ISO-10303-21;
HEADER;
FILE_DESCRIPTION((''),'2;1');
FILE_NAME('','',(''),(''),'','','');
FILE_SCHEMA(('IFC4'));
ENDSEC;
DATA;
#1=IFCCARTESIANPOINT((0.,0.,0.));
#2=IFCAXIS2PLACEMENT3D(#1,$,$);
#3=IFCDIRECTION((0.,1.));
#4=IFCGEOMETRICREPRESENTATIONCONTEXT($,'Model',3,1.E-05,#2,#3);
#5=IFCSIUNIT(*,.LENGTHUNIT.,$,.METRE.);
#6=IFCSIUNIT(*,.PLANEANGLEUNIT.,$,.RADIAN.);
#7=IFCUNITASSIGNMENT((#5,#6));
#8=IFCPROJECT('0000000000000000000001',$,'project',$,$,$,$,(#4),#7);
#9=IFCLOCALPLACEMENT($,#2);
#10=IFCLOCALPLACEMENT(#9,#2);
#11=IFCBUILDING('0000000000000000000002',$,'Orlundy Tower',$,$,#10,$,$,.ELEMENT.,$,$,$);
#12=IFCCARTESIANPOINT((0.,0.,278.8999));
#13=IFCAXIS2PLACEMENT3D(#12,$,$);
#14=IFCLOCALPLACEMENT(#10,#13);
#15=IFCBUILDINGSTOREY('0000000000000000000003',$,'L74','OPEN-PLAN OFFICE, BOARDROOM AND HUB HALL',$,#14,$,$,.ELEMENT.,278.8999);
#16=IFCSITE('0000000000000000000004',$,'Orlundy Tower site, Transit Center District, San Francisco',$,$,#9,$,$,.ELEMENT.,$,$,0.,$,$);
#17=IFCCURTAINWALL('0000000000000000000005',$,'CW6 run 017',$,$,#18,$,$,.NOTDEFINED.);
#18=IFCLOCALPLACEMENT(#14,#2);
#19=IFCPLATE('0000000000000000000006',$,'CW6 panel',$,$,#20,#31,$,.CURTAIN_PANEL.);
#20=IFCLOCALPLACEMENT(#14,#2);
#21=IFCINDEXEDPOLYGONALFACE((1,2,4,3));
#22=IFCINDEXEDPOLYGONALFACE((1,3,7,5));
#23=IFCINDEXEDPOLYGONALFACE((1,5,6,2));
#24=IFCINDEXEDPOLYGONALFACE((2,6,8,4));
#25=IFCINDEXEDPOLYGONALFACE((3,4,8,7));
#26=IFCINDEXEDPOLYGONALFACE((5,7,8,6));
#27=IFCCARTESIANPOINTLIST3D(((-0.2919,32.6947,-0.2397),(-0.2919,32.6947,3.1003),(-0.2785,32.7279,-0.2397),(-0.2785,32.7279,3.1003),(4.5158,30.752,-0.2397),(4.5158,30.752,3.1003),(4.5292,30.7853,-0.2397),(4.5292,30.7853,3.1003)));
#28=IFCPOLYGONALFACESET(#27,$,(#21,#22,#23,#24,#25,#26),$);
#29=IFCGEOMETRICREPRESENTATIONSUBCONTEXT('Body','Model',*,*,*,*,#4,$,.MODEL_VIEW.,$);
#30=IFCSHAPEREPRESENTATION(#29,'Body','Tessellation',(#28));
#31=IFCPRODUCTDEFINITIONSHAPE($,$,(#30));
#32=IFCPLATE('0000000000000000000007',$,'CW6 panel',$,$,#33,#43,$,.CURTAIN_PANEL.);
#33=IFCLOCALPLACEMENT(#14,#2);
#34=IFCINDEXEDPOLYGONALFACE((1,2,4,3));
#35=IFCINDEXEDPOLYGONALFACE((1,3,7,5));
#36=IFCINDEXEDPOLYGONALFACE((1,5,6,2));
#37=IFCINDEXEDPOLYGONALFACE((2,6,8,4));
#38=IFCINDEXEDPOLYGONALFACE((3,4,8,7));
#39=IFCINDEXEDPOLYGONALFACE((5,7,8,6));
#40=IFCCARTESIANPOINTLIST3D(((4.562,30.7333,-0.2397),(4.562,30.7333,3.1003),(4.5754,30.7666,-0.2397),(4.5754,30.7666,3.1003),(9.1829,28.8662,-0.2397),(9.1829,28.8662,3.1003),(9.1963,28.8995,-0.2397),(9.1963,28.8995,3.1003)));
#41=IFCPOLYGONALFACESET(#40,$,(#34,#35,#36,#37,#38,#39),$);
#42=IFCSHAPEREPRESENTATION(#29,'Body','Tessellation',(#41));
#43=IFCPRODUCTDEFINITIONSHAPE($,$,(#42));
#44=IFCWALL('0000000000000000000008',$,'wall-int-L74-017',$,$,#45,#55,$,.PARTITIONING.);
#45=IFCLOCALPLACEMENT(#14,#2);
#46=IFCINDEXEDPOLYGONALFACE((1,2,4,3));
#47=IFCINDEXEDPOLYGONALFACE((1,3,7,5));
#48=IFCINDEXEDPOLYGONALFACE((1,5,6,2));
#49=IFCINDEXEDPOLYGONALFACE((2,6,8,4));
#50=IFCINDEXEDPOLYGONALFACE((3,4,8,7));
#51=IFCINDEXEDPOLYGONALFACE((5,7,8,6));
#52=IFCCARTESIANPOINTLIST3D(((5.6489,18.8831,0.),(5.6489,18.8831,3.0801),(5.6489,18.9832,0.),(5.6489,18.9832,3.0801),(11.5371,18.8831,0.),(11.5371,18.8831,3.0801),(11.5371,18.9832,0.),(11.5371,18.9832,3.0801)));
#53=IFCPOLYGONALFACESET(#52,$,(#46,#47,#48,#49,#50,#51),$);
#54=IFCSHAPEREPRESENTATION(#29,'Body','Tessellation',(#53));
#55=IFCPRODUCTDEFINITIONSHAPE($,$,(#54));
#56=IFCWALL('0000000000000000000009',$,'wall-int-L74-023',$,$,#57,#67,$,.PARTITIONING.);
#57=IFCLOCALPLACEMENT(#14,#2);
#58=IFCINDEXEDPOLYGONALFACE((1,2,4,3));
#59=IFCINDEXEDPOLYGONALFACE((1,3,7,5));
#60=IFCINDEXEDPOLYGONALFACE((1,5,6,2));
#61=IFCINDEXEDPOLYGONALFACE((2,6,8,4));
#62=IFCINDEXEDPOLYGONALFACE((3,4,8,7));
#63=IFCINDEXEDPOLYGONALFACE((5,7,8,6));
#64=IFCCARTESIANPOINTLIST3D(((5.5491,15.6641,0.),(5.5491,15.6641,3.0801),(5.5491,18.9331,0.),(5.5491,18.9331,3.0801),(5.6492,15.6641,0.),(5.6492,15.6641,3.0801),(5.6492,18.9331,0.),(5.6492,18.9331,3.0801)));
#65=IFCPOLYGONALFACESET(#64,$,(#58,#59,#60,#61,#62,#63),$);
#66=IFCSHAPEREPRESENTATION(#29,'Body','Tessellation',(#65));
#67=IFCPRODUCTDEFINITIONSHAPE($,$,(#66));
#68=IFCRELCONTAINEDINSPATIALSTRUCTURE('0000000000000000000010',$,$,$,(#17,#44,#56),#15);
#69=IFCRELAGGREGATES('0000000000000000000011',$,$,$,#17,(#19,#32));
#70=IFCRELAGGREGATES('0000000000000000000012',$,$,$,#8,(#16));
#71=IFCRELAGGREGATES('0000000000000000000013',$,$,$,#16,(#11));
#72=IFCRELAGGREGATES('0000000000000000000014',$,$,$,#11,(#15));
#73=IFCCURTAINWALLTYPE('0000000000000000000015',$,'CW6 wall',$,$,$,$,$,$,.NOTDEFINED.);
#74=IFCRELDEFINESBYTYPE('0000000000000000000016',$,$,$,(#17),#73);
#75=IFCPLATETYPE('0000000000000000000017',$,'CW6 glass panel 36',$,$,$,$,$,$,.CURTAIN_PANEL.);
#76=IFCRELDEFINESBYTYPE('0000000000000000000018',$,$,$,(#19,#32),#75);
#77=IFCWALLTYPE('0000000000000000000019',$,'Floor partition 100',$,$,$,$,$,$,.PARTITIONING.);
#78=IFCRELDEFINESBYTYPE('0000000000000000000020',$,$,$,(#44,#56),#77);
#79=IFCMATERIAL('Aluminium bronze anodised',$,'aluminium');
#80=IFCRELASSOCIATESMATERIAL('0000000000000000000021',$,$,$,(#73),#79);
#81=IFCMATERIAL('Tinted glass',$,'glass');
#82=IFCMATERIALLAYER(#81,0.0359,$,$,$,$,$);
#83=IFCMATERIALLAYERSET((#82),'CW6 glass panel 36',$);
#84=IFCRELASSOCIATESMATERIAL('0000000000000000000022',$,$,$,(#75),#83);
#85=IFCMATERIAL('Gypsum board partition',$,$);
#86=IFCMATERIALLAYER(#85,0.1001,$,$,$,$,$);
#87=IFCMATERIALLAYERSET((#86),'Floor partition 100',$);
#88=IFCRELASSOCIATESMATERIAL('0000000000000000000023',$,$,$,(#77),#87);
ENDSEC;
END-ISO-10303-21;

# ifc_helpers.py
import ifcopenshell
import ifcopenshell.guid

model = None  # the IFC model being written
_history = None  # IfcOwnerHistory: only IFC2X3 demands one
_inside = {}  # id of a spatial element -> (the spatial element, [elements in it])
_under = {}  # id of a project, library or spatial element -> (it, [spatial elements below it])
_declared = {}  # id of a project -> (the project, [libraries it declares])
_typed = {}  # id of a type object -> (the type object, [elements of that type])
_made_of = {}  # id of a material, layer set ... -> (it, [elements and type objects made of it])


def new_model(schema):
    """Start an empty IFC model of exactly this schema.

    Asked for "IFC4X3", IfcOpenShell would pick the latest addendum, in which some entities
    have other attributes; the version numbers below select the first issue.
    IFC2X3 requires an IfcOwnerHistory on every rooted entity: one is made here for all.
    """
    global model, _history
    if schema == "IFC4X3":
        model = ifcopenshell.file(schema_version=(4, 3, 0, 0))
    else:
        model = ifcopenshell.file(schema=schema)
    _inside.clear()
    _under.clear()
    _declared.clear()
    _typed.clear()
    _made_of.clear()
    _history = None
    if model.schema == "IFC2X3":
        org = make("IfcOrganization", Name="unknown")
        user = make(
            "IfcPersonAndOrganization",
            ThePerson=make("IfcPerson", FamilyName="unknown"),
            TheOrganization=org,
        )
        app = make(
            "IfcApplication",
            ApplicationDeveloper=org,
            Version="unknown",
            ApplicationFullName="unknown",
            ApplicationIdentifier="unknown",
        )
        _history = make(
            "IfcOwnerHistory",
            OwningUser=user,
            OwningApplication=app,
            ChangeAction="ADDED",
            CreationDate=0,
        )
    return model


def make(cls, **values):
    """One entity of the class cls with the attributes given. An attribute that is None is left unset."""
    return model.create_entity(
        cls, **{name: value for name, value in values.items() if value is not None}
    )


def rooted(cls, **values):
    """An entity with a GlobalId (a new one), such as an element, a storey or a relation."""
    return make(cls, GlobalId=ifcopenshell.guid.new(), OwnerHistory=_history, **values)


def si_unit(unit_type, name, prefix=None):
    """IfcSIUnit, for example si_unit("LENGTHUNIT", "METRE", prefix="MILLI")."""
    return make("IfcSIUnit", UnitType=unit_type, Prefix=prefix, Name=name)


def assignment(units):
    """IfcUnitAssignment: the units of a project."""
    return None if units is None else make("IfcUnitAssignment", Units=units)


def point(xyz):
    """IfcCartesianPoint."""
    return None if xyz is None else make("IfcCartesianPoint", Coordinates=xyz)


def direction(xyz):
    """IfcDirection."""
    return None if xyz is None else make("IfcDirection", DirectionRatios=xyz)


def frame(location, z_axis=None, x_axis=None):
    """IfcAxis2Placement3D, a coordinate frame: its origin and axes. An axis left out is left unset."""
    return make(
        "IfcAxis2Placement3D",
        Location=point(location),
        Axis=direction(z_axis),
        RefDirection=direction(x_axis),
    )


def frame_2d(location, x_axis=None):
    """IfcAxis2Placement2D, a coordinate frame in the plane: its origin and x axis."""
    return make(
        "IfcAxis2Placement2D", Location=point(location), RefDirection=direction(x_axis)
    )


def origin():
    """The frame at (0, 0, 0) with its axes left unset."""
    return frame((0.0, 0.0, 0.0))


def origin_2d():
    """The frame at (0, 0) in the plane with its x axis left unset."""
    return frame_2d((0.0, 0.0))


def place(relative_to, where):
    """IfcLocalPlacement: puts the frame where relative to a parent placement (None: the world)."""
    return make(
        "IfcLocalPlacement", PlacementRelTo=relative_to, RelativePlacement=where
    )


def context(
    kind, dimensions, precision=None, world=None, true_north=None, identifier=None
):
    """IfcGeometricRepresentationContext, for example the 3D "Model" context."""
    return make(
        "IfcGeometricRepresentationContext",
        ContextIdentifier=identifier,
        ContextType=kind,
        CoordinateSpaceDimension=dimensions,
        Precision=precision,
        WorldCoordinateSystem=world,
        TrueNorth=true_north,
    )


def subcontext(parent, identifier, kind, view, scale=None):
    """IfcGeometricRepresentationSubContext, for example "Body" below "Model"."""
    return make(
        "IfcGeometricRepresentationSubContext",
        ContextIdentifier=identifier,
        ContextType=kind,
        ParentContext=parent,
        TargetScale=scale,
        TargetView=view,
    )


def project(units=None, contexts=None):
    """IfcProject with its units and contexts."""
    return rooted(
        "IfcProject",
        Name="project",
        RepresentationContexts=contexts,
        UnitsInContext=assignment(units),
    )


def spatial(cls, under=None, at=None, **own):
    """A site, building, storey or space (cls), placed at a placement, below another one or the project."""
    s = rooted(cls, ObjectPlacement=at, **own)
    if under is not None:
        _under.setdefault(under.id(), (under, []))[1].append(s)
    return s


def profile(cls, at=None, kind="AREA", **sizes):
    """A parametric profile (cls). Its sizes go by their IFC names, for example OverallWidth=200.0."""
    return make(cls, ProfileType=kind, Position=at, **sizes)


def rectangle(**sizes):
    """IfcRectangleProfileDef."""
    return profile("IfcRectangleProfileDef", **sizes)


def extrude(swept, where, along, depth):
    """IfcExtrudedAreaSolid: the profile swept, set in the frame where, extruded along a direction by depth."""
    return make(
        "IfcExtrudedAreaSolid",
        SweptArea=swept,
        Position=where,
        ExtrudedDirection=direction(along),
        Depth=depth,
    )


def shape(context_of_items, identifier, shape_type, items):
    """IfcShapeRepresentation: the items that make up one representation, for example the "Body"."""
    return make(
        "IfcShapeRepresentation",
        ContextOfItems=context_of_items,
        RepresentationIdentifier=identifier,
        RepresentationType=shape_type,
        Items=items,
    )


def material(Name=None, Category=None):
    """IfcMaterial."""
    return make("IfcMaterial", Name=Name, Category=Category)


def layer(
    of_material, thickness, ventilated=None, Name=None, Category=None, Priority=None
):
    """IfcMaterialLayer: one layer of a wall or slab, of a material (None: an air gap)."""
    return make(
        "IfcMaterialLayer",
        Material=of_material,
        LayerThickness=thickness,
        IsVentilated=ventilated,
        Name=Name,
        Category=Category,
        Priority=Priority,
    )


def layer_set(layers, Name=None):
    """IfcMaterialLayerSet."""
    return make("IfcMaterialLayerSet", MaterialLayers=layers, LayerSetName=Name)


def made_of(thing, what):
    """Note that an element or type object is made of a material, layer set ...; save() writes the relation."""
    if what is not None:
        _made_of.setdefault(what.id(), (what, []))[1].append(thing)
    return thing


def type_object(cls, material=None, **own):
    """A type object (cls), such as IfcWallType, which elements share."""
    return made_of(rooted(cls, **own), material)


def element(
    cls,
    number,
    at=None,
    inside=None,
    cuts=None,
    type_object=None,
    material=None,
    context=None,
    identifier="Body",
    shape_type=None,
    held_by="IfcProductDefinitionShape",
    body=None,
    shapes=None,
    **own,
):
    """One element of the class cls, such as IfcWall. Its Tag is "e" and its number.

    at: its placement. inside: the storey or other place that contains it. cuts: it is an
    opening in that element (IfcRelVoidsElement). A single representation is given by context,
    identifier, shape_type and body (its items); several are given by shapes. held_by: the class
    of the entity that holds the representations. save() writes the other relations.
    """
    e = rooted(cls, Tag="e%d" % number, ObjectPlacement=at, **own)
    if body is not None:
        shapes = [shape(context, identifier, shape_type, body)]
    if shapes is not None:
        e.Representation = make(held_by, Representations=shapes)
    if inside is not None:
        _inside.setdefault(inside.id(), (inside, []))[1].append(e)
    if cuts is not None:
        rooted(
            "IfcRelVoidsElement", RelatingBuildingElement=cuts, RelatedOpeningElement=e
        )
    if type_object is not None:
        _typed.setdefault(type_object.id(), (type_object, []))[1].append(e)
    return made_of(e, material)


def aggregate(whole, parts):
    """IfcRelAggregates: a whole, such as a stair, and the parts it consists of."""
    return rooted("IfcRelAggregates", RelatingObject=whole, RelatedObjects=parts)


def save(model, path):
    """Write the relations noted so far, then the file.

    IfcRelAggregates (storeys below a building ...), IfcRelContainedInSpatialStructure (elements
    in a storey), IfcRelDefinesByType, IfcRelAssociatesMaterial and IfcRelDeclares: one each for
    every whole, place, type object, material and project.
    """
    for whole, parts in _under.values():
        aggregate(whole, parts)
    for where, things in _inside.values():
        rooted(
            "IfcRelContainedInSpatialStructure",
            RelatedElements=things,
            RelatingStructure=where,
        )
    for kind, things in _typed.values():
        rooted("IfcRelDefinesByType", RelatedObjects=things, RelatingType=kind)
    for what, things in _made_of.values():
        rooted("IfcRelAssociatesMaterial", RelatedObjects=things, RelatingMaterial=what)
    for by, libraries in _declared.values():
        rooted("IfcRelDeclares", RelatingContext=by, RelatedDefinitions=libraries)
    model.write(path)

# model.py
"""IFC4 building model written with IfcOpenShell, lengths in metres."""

from ifc_helpers import new_model, si_unit, direction, frame, frame_2d, origin, origin_2d, place, context, subcontext, project, spatial, rectangle, extrude, material, layer, layer_set, type_object, element, aggregate, save


model = new_model("IFC4")

# Units and contexts
model_context = context("Model", 3, precision=1e-05, world=origin(), true_north=direction((0.0, 1.0)))
body_context = subcontext(model_context, "Body", "Model", "MODEL_VIEW")
ifc_project = project(units=[si_unit("LENGTHUNIT", "METRE"), si_unit("PLANEANGLEUNIT", "RADIAN")], contexts=[model_context])

# Site, building, storey
site_placement = place(None, origin())
site = spatial("IfcSite", under=ifc_project, at=site_placement, Name="Orlundy Tower site, Transit Center District, San Francisco", CompositionType="ELEMENT", RefElevation=0.0)
building_placement = place(site_placement, origin())
building = spatial("IfcBuilding", under=site, at=building_placement, Name="Orlundy Tower", CompositionType="ELEMENT")
storey_placement = place(building_placement, frame((0.0, 0.0, 278.8999)))
storey = spatial("IfcBuildingStorey", under=building, at=storey_placement, Name="L74", Description="OPEN-PLAN OFFICE, BOARDROOM AND HUB HALL", CompositionType="ELEMENT", Elevation=278.8999)

# Curtain wall
ifc_material_1 = material(Name="Aluminium bronze anodised", Category="aluminium")
curtain_wall_type = type_object("IfcCurtainWallType", Name="CW6 wall", PredefinedType="NOTDEFINED", material=ifc_material_1)
curtain_wall_1_placement = place(storey_placement, origin())
curtain_wall_1 = element("IfcCurtainWall", 1, at=curtain_wall_1_placement, inside=storey, type_object=curtain_wall_type, Name="CW6 run 017", PredefinedType="NOTDEFINED")

# Plates
ifc_material_2 = material(Name="Tinted glass", Category="glass")
ifc_layer_1 = layer(ifc_material_2, 0.0359)
ifc_layer_set_1 = layer_set([ifc_layer_1], Name="CW6 glass panel 36")
plate_type = type_object("IfcPlateType", Name="CW6 glass panel 36", PredefinedType="CURTAIN_PANEL", material=ifc_layer_set_1)
plate_1_placement = place(storey_placement, frame((2.1187, 31.74, -0.2397), z_axis=(0.0, 0.0, 1.0), x_axis=(0.927171, -0.374639, 0.0)))
plate_1 = element("IfcPlate", 2, at=plate_1_placement, type_object=plate_type, Name="CW6 panel", PredefinedType="CURTAIN_PANEL", context=body_context, shape_type="SweptSolid", body=[
    extrude(rectangle(XDim=5.1853, YDim=0.0359, at=origin_2d()), origin(), (0.0, 0.0, 1.0), 3.3401),
])
plate_2_placement = place(storey_placement, frame((6.8792, 29.8164, -0.2397), z_axis=(0.0, 0.0, 1.0), x_axis=(0.927171, -0.374639, 0.0)))
plate_2 = element("IfcPlate", 3, at=plate_2_placement, type_object=plate_type, Name="CW6 panel", PredefinedType="CURTAIN_PANEL", context=body_context, shape_type="SweptSolid", body=[
    extrude(rectangle(XDim=4.9839, YDim=0.0359, at=origin_2d()), origin(), (0.0, 0.0, 1.0), 3.3401),
])
aggregate(curtain_wall_1, [plate_1, plate_2])

# Walls
ifc_material_3 = material(Name="Gypsum board partition")
ifc_layer_2 = layer(ifc_material_3, 0.1001)
ifc_layer_set_2 = layer_set([ifc_layer_2], Name="Floor partition 100")
wall_type = type_object("IfcWallType", Name="Floor partition 100", PredefinedType="PARTITIONING", material=ifc_layer_set_2)
wall_1_placement = place(storey_placement, frame((5.6489, 18.9331, 0.0), z_axis=(0.0, 0.0, 1.0), x_axis=(1.0, 0.0, 0.0)))
element("IfcWall", 4, at=wall_1_placement, inside=storey, type_object=wall_type, Name="wall-int-L74-017", PredefinedType="PARTITIONING", context=body_context, shape_type="SweptSolid", body=[
    extrude(rectangle(XDim=5.8882, YDim=0.1001, at=frame_2d((2.9441, 0.0))), origin(), (0.0, 0.0, 1.0), 3.0801),
])
wall_2_placement = place(storey_placement, frame((5.5991, 15.6641, 0.0), z_axis=(0.0, 0.0, 1.0), x_axis=(0.0, 1.0, 0.0)))
element("IfcWall", 5, at=wall_2_placement, inside=storey, type_object=wall_type, Name="wall-int-L74-023", PredefinedType="PARTITIONING", context=body_context, shape_type="SweptSolid", body=[
    extrude(rectangle(XDim=3.269, YDim=0.1001, at=frame_2d((1.6345, 0.0))), origin(), (0.0, 0.0, 1.0), 3.0801),
])

save(model, "model.ifc")
